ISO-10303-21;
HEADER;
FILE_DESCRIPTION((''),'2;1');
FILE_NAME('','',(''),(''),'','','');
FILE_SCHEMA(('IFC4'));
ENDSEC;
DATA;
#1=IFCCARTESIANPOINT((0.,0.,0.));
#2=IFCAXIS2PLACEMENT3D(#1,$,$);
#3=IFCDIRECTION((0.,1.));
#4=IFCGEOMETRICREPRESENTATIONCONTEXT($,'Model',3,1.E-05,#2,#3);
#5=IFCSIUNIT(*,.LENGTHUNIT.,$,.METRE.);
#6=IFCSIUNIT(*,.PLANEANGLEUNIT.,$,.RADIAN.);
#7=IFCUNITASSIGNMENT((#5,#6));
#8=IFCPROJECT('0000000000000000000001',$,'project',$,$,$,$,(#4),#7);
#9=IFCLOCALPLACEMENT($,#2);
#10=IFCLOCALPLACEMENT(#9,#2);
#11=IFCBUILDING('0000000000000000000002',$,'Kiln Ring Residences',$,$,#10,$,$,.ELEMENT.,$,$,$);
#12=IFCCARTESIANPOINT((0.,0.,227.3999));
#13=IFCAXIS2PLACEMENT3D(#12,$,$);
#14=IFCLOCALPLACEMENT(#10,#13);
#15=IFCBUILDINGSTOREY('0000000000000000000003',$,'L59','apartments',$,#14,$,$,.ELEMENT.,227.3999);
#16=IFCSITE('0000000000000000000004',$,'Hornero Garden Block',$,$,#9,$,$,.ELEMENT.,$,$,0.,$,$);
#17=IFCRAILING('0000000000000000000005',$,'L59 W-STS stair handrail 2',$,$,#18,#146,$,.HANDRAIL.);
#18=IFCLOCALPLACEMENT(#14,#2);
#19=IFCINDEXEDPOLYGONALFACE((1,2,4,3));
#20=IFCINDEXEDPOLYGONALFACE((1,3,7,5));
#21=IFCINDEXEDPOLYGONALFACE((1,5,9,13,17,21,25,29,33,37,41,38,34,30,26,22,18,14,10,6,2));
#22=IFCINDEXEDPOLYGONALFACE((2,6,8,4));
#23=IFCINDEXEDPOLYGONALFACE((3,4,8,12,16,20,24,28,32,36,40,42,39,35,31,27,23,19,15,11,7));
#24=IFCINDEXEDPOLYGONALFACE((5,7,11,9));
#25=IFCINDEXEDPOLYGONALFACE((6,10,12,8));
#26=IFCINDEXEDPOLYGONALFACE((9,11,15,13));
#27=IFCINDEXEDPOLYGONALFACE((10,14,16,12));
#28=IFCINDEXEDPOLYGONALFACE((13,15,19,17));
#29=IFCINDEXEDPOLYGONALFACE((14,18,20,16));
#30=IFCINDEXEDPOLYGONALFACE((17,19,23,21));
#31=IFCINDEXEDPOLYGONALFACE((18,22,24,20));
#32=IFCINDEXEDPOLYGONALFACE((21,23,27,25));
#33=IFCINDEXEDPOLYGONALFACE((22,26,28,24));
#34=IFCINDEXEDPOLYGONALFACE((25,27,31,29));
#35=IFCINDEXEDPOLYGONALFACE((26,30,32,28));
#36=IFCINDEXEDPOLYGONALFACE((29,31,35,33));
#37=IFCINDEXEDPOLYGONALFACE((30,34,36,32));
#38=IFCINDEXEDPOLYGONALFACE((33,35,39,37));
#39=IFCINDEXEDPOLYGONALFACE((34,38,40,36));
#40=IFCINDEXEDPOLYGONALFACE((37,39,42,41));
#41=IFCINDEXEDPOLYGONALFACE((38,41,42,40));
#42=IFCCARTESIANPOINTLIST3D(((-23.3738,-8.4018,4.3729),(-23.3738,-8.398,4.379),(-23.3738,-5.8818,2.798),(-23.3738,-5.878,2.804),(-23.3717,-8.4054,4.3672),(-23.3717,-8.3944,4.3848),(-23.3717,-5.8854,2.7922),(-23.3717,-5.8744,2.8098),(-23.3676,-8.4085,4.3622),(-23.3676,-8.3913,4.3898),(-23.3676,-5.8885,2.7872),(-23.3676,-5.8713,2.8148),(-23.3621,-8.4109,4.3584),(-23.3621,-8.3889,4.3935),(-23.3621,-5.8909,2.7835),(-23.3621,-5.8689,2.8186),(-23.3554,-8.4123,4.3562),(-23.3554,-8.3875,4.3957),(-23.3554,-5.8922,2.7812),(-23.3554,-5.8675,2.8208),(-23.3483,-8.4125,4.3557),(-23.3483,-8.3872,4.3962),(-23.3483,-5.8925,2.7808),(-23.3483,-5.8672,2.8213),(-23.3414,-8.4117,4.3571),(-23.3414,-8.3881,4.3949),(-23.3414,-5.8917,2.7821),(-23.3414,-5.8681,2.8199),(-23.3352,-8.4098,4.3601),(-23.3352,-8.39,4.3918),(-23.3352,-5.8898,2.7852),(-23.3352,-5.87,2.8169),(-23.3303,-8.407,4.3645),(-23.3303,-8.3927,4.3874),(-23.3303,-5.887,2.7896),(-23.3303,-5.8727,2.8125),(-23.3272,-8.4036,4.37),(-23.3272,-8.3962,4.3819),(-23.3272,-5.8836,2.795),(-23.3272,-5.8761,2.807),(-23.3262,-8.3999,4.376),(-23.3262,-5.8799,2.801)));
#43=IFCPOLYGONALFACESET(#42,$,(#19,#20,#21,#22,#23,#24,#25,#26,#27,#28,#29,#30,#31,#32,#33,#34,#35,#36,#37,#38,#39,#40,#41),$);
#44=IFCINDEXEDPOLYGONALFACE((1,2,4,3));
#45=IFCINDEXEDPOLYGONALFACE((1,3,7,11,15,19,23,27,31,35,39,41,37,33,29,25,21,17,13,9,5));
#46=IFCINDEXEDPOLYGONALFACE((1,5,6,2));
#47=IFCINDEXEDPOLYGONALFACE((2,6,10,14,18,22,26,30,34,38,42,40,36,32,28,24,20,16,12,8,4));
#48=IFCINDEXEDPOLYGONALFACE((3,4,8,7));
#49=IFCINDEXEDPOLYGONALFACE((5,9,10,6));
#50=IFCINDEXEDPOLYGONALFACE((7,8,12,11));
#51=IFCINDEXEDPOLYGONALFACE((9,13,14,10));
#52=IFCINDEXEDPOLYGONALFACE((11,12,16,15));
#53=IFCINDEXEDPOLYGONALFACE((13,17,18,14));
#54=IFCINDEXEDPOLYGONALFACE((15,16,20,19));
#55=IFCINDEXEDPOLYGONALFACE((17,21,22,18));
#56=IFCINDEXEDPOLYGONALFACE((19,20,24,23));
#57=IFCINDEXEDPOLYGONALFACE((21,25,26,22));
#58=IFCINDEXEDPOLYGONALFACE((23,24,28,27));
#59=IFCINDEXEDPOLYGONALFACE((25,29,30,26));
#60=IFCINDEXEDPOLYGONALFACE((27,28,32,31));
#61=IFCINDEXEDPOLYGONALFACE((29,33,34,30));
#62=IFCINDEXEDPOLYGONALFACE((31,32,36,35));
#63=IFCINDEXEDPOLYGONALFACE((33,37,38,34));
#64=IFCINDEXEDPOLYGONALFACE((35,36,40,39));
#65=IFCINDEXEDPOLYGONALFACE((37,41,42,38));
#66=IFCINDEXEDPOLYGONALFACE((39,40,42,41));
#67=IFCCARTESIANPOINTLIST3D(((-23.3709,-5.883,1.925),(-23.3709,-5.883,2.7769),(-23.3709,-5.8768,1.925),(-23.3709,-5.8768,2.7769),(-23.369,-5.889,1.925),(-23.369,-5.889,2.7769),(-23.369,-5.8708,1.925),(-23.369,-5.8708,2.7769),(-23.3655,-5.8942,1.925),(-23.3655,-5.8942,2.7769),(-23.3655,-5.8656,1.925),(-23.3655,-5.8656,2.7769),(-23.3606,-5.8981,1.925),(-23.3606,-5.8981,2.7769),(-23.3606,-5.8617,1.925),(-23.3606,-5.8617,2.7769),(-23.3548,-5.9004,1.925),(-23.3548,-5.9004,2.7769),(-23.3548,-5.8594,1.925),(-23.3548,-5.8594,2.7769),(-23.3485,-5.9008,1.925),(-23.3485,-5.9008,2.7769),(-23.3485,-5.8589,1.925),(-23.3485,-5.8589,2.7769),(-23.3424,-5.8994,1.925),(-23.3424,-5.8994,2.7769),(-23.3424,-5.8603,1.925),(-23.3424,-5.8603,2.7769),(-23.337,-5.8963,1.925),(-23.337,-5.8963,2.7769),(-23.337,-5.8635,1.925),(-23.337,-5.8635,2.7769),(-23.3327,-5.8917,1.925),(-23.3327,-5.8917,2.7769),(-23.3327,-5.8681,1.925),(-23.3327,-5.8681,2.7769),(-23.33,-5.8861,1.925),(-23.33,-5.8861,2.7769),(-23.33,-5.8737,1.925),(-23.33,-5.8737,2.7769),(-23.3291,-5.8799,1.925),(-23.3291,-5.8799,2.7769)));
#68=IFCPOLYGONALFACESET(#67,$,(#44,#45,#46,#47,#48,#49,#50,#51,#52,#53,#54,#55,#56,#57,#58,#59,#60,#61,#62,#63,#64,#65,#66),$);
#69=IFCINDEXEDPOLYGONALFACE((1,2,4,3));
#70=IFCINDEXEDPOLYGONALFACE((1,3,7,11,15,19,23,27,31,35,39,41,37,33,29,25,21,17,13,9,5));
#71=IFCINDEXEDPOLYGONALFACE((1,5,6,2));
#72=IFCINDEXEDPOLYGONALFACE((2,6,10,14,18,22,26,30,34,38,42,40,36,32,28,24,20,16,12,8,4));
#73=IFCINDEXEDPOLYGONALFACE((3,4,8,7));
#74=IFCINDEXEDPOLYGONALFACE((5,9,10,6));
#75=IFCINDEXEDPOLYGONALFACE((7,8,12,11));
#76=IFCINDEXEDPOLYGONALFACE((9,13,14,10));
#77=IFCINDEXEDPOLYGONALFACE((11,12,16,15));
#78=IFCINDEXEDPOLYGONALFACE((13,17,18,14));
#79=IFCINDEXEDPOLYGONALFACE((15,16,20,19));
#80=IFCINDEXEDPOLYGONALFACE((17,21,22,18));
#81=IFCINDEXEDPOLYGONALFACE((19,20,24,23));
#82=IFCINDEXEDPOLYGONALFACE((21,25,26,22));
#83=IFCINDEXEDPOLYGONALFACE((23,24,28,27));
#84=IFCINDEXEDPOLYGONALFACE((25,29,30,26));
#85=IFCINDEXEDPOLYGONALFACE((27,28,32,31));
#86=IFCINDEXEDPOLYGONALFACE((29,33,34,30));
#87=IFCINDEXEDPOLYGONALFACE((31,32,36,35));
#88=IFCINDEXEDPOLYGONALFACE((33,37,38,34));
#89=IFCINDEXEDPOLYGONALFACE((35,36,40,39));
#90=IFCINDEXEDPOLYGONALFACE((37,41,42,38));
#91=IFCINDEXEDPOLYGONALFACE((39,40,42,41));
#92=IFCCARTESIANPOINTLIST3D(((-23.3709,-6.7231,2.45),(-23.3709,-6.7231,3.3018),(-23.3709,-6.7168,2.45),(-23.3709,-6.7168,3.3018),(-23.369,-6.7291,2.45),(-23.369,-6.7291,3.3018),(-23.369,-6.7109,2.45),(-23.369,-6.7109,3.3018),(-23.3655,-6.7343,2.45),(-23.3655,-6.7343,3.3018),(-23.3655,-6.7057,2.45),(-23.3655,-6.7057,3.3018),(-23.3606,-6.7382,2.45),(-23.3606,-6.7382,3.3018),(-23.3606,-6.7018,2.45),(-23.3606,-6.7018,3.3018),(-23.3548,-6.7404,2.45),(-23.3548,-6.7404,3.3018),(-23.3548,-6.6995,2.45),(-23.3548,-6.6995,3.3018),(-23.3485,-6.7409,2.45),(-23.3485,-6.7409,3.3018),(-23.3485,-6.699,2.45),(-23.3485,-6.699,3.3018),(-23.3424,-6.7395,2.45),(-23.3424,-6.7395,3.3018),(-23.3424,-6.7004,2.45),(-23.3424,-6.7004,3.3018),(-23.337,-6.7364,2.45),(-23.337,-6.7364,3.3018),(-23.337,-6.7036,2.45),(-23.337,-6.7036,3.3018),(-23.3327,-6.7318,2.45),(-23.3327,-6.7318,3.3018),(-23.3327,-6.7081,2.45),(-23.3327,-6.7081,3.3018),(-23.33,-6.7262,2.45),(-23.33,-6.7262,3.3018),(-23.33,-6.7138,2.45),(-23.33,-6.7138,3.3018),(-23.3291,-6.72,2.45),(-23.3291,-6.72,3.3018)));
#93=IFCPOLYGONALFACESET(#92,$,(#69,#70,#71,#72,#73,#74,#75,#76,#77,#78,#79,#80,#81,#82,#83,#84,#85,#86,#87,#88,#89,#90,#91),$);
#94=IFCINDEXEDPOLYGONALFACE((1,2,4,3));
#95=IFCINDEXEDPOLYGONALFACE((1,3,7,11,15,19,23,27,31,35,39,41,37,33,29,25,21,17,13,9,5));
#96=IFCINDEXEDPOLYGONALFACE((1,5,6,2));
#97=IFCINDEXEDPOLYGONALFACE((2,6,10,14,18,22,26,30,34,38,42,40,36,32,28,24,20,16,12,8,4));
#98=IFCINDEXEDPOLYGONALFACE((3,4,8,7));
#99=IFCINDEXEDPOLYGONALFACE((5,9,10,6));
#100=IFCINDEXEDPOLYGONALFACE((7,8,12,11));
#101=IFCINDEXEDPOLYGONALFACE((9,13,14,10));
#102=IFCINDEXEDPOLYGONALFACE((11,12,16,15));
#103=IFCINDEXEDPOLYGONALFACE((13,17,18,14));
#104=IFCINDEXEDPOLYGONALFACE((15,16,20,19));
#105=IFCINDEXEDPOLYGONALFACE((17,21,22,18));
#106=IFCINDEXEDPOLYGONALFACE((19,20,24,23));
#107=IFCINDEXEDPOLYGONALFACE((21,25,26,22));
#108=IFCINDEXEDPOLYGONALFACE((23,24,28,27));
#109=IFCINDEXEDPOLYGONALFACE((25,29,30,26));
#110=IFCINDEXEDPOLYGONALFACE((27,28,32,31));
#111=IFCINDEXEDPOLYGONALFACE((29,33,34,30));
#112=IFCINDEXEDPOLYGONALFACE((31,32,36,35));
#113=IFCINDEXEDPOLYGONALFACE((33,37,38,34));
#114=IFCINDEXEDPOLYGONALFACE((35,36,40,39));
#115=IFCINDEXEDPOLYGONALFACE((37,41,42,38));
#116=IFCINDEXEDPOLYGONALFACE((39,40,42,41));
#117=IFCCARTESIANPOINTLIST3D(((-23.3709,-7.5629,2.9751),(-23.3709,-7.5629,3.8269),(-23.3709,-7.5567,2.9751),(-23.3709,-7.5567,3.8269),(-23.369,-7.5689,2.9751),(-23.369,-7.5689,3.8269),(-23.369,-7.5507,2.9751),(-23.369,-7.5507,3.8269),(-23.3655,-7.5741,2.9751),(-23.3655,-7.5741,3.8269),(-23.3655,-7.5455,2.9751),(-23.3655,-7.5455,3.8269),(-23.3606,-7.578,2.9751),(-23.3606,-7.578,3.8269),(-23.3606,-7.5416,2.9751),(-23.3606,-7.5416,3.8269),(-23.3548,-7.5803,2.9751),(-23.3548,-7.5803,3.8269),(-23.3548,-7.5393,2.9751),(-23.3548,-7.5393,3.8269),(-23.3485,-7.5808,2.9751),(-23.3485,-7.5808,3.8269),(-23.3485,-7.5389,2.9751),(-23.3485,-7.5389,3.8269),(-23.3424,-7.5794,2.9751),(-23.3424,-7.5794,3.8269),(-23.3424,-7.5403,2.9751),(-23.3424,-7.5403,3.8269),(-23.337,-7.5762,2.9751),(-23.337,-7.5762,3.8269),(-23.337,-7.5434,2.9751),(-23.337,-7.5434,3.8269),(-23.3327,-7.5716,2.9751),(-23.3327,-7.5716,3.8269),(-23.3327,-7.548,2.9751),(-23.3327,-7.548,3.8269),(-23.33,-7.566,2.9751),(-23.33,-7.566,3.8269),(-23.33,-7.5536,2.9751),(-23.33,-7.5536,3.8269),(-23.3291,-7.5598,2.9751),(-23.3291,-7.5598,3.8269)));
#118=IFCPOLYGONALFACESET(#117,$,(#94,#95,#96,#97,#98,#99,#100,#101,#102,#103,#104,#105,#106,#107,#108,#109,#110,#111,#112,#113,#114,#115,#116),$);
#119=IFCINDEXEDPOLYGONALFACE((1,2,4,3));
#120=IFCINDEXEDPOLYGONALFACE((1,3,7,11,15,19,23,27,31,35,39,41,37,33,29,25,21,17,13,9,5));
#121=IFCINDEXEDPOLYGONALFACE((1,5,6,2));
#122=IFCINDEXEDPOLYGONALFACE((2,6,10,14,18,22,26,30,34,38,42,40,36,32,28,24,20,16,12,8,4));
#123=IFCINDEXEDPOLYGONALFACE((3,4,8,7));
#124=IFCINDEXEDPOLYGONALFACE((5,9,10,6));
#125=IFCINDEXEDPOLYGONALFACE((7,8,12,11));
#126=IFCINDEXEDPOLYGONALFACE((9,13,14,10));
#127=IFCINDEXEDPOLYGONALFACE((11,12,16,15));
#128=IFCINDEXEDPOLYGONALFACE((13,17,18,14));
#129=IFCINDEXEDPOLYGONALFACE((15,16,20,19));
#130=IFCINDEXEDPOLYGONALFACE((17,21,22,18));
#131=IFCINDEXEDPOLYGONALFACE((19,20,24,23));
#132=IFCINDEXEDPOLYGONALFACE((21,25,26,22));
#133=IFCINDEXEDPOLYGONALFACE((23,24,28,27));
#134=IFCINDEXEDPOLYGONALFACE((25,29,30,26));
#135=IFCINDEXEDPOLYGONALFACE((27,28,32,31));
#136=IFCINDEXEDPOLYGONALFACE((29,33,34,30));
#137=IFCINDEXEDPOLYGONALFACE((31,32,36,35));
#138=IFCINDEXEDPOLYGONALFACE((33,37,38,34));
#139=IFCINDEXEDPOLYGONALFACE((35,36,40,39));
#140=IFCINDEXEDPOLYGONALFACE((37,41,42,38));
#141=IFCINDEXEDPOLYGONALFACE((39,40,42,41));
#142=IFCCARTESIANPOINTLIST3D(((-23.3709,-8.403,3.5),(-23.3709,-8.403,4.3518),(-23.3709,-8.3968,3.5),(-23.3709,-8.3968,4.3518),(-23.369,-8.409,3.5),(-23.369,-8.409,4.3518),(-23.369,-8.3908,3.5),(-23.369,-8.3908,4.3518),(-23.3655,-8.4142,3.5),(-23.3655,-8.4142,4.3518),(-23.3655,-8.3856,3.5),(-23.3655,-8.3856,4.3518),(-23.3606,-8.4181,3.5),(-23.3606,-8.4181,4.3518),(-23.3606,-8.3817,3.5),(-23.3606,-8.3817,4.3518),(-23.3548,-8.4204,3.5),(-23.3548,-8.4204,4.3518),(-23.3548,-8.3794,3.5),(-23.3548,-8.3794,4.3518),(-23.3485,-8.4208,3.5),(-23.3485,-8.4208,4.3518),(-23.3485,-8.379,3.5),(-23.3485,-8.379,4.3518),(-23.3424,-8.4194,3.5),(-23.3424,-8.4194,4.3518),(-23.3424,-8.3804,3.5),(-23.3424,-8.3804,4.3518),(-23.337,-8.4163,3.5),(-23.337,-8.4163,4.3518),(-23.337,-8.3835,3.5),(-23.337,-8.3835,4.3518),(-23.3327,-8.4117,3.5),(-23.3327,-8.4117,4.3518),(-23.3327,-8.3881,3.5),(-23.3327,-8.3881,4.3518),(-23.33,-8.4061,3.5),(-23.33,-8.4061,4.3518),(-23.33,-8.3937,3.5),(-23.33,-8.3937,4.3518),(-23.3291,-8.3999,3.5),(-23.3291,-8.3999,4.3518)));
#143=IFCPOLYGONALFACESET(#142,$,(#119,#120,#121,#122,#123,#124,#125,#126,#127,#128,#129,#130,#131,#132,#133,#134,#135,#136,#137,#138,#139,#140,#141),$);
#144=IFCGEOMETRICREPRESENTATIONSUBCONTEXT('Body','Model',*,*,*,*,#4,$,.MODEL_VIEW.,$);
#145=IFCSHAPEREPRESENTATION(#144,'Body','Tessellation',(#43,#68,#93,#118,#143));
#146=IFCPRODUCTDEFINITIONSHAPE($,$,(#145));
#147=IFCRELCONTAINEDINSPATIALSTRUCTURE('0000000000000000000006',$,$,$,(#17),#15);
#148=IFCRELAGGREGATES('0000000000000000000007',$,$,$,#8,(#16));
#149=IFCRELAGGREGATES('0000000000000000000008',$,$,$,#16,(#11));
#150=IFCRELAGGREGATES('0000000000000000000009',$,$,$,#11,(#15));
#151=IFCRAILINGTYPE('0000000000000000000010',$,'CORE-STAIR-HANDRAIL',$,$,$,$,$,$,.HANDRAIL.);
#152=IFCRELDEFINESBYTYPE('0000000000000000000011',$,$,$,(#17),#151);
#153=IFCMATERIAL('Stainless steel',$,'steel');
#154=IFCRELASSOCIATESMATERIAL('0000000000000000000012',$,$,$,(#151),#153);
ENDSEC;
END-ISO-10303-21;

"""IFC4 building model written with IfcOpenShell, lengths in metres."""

from ifc_helpers import new_model, si_unit, direction, frame, origin, origin_2d, place, context, subcontext, project, spatial, circle, extrude, material, type_object, element, save


model = new_model("IFC4")

# Units and contexts
model_context = context("Model", 3, precision=1e-05, world=origin(), true_north=direction((0.0, 1.0)))
body_context = subcontext(model_context, "Body", "Model", "MODEL_VIEW")
ifc_project = project(units=[si_unit("LENGTHUNIT", "METRE"), si_unit("PLANEANGLEUNIT", "RADIAN")], contexts=[model_context])

# Site, building, storey
site_placement = place(None, origin())
site = spatial("IfcSite", under=ifc_project, at=site_placement, Name="Hornero Garden Block", CompositionType="ELEMENT", RefElevation=0.0)
building_placement = place(site_placement, origin())
building = spatial("IfcBuilding", under=site, at=building_placement, Name="Kiln Ring Residences", CompositionType="ELEMENT")
storey_placement = place(building_placement, frame((0.0, 0.0, 227.3999)))
storey = spatial("IfcBuildingStorey", under=building, at=storey_placement, Name="L59", Description="apartments", CompositionType="ELEMENT", Elevation=227.3999)

# Railing
ifc_material_1 = material(Name="Stainless steel", Category="steel")
railing_type_1 = type_object("IfcRailingType", Name="CORE-STAIR-HANDRAIL", PredefinedType="HANDRAIL", material=ifc_material_1)
railing_1_placement = place(storey_placement, frame((-23.3501, -5.8799, 1.925)))
element("IfcRailing", 1, at=railing_1_placement, inside=storey, type_object=railing_type_1, Name="L59 W-STS stair handrail 2", PredefinedType="HANDRAIL", context=body_context, shape_type="SweptSolid", body=[
    extrude(circle(Radius=0.0239, at=origin_2d()), frame((0.0, 0.0, 0.876), z_axis=(0.0, -0.848008, 0.529984), x_axis=(1.0, 0.0, 0.0)), (0.0, 0.0, 1.0), 2.9717),
    extrude(circle(Radius=0.021, at=origin_2d()), origin(), (0.0, 0.0, 1.0), 0.8518),
    extrude(circle(Radius=0.021, at=origin_2d()), frame((0.0, -0.8401, 0.5249)), (0.0, 0.0, 1.0), 0.8518),
    extrude(circle(Radius=0.021, at=origin_2d()), frame((0.0, -1.6799, 1.05)), (0.0, 0.0, 1.0), 0.8518),
    extrude(circle(Radius=0.021, at=origin_2d()), frame((0.0, -2.52, 1.575)), (0.0, 0.0, 1.0), 0.8518),
])

save(model, "model.ifc")
